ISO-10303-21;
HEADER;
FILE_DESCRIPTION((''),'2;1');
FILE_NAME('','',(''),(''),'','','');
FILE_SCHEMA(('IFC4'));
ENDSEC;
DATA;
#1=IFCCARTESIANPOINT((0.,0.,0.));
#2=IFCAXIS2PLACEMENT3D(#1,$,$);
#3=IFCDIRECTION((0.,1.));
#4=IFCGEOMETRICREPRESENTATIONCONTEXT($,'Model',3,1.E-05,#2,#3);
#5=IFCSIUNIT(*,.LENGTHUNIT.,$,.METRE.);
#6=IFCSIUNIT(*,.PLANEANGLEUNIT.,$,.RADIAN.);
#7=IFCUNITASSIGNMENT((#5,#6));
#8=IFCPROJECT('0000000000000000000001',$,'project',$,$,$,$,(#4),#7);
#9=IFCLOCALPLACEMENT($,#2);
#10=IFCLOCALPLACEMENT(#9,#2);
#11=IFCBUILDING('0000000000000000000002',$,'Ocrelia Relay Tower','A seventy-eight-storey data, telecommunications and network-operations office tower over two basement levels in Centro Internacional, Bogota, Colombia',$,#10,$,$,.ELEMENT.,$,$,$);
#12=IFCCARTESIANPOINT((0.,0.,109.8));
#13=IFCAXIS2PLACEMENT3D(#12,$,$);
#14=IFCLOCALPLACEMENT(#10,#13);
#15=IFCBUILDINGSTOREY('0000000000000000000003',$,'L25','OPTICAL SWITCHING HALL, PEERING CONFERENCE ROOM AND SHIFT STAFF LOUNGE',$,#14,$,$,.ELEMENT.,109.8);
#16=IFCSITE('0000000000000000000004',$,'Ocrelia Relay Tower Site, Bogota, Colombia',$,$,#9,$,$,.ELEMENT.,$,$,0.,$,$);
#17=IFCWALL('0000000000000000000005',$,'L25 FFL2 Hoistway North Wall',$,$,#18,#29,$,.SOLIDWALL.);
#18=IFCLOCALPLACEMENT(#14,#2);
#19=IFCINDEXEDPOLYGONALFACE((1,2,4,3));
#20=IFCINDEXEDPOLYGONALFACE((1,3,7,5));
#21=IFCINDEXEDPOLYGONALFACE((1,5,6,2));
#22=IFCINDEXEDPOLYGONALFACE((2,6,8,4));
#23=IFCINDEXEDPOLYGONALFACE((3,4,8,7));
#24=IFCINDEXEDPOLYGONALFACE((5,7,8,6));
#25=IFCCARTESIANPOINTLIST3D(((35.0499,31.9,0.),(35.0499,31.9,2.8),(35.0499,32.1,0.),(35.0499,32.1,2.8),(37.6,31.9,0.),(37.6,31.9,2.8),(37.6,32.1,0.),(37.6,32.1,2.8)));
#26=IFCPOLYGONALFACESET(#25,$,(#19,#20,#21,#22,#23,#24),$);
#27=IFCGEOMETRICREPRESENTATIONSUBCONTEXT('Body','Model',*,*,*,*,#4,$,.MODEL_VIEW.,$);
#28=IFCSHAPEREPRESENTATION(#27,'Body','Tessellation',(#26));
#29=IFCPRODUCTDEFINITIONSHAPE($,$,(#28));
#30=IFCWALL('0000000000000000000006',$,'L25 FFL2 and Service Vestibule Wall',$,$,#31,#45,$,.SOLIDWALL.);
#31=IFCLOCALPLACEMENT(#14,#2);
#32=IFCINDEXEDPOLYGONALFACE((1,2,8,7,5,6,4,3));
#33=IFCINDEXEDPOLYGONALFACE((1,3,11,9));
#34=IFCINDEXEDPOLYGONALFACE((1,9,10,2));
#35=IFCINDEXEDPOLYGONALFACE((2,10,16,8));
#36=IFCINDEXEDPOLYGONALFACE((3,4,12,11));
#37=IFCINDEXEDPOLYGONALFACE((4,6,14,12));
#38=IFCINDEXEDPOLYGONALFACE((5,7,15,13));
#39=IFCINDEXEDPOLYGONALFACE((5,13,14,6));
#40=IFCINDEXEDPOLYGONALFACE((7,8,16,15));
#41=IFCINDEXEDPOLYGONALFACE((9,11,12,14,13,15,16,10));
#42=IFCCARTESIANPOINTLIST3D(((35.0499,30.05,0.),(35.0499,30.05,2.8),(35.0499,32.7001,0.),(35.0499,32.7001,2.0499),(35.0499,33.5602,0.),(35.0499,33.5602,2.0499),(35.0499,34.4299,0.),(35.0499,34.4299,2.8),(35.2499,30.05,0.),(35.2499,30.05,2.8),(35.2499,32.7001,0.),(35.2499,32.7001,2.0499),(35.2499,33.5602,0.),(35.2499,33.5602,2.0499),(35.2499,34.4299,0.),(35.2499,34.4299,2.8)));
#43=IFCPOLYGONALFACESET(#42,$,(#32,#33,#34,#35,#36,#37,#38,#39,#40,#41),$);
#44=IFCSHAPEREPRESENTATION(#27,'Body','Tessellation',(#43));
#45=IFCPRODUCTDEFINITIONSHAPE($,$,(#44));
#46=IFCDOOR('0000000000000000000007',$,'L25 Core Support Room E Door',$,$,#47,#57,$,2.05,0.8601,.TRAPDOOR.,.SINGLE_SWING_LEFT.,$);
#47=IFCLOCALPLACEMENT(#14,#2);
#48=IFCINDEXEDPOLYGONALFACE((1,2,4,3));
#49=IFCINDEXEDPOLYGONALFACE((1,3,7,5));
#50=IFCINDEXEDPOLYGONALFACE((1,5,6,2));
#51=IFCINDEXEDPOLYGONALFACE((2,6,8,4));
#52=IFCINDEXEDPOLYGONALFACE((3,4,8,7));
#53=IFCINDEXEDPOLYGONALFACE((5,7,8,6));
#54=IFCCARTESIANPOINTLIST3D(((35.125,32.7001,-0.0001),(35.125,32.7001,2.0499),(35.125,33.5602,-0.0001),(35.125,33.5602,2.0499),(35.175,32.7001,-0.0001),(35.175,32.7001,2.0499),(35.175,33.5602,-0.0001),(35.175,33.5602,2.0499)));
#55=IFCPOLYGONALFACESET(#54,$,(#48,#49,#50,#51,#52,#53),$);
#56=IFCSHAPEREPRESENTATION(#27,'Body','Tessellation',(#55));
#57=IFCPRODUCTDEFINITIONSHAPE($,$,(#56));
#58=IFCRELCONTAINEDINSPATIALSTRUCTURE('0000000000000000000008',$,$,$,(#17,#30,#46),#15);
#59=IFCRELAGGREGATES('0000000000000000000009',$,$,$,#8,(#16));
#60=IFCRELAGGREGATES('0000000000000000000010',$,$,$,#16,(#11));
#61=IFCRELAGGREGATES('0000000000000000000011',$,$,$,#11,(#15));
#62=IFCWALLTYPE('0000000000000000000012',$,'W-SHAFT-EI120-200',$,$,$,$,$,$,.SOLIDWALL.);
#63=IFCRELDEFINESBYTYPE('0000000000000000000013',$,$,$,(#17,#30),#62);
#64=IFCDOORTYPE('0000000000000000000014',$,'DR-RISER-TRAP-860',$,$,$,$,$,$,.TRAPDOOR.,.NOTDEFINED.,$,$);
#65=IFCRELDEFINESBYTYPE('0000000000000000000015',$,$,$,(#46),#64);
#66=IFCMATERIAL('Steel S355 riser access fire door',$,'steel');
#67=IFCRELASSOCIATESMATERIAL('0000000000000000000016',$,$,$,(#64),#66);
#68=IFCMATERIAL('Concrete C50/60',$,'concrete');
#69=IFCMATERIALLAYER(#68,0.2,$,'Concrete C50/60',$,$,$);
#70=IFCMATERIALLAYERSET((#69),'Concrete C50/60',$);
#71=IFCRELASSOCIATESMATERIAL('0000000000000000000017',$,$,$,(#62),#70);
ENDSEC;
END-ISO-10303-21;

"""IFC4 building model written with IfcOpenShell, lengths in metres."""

from ifc_helpers import new_model, si_unit, direction, frame, frame_2d, origin, place, context, subcontext, project, spatial, rectangle, extrude, material, layer, layer_set, type_object, element, fill, save


model = new_model("IFC4")

# Units and contexts
model_context = context("Model", 3, precision=1e-05, world=origin(), true_north=direction((0.0, 1.0)))
body_context = subcontext(model_context, "Body", "Model", "MODEL_VIEW")
ifc_project = project(units=[si_unit("LENGTHUNIT", "METRE"), si_unit("PLANEANGLEUNIT", "RADIAN")], contexts=[model_context])

# Site, building, storey
site_placement = place(None, origin())
site = spatial("IfcSite", under=ifc_project, at=site_placement, Name="Ocrelia Relay Tower Site, Bogota, Colombia", CompositionType="ELEMENT", RefElevation=0.0)
building_placement = place(site_placement, origin())
building = spatial("IfcBuilding", under=site, at=building_placement, Name="Ocrelia Relay Tower", Description="A seventy-eight-storey data, telecommunications and network-operations office tower over two basement levels in Centro Internacional, Bogota, Colombia", CompositionType="ELEMENT")
storey_placement = place(building_placement, frame((0.0, 0.0, 109.8)))
storey = spatial("IfcBuildingStorey", under=building, at=storey_placement, Name="L25", Description="OPTICAL SWITCHING HALL, PEERING CONFERENCE ROOM AND SHIFT STAFF LOUNGE", CompositionType="ELEMENT", Elevation=109.8)

# Shared definitions
ifc_material_1 = material(Name="Concrete C50/60", Category="concrete")

# Shared definitions
ifc_material_2 = material(Name="Steel S355 riser access fire door", Category="steel")
door_type_1 = type_object("IfcDoorType", Name="DR-RISER-TRAP-860", OperationType="NOTDEFINED", PredefinedType="TRAPDOOR", material=ifc_material_2)

# Shared definitions
ifc_layer_1 = layer(ifc_material_1, 0.2, Name="Concrete C50/60")
ifc_layer_set_1 = layer_set([ifc_layer_1], Name="Concrete C50/60")
wall_type_1 = type_object("IfcWallType", Name="W-SHAFT-EI120-200", PredefinedType="SOLIDWALL", material=ifc_layer_set_1)

# Wall
wall_1_placement = place(storey_placement, frame((35.05, 32.0, 0.0), z_axis=(0.0, 0.0, 1.0), x_axis=(1.0, 0.0, 0.0)))
element("IfcWall", 1, at=wall_1_placement, inside=storey, type_object=wall_type_1, Name="L25 FFL2 Hoistway North Wall", PredefinedType="SOLIDWALL", context=body_context, shape_type="SweptSolid", body=[
    extrude(rectangle(XDim=2.55, YDim=0.2, at=frame_2d((1.2749, 0.0))), origin(), (0.0, 0.0, 1.0), 2.8),
])

# Wall, opening, door
wall_2_placement = place(storey_placement, frame((35.1499, 30.05, 0.0), z_axis=(0.0, 0.0, 1.0), x_axis=(0.0, 1.0, 0.0)))
wall_2 = element("IfcWall", 2, at=wall_2_placement, inside=storey, type_object=wall_type_1, Name="L25 FFL2 and Service Vestibule Wall", PredefinedType="SOLIDWALL", context=body_context, shape_type="SweptSolid", body=[
    extrude(rectangle(XDim=4.3799, YDim=0.2, at=frame_2d((2.1899, 0.0))), origin(), (0.0, 0.0, 1.0), 2.8),
])
opening_1_placement = place(wall_2_placement, frame((2.6499, 0.0, 0.0)))
opening_1 = element("IfcOpeningElement", 3, at=opening_1_placement, cuts=wall_2, PredefinedType="OPENING", context=body_context, shape_type="SweptSolid", body=[
    extrude(rectangle(XDim=0.8601, YDim=2.05, at=frame_2d((0.4302, 1.0249))), frame((0.0, 0.1099, 0.0), z_axis=(0.0, -1.0, 0.0), x_axis=(1.0, 0.0, 0.0)), (0.0, 0.0, 1.0), 0.22),
])
door_1_placement = place(opening_1_placement, origin())
door_1 = element("IfcDoor", 4, at=door_1_placement, inside=storey, type_object=door_type_1, Name="L25 Core Support Room E Door", OperationType="SINGLE_SWING_LEFT", OverallHeight=2.05, OverallWidth=0.8601, PredefinedType="TRAPDOOR", context=body_context, shape_type="SweptSolid", body=[
    extrude(rectangle(XDim=0.8601, YDim=2.05, at=frame_2d((0.4302, 1.0249))), frame((0.0, 0.0249, 0.0), z_axis=(0.0, -1.0, 0.0), x_axis=(1.0, 0.0, 0.0)), (0.0, 0.0, 1.0), 0.05),
])
fill(opening_1, door_1)

save(model, "model.ifc")
